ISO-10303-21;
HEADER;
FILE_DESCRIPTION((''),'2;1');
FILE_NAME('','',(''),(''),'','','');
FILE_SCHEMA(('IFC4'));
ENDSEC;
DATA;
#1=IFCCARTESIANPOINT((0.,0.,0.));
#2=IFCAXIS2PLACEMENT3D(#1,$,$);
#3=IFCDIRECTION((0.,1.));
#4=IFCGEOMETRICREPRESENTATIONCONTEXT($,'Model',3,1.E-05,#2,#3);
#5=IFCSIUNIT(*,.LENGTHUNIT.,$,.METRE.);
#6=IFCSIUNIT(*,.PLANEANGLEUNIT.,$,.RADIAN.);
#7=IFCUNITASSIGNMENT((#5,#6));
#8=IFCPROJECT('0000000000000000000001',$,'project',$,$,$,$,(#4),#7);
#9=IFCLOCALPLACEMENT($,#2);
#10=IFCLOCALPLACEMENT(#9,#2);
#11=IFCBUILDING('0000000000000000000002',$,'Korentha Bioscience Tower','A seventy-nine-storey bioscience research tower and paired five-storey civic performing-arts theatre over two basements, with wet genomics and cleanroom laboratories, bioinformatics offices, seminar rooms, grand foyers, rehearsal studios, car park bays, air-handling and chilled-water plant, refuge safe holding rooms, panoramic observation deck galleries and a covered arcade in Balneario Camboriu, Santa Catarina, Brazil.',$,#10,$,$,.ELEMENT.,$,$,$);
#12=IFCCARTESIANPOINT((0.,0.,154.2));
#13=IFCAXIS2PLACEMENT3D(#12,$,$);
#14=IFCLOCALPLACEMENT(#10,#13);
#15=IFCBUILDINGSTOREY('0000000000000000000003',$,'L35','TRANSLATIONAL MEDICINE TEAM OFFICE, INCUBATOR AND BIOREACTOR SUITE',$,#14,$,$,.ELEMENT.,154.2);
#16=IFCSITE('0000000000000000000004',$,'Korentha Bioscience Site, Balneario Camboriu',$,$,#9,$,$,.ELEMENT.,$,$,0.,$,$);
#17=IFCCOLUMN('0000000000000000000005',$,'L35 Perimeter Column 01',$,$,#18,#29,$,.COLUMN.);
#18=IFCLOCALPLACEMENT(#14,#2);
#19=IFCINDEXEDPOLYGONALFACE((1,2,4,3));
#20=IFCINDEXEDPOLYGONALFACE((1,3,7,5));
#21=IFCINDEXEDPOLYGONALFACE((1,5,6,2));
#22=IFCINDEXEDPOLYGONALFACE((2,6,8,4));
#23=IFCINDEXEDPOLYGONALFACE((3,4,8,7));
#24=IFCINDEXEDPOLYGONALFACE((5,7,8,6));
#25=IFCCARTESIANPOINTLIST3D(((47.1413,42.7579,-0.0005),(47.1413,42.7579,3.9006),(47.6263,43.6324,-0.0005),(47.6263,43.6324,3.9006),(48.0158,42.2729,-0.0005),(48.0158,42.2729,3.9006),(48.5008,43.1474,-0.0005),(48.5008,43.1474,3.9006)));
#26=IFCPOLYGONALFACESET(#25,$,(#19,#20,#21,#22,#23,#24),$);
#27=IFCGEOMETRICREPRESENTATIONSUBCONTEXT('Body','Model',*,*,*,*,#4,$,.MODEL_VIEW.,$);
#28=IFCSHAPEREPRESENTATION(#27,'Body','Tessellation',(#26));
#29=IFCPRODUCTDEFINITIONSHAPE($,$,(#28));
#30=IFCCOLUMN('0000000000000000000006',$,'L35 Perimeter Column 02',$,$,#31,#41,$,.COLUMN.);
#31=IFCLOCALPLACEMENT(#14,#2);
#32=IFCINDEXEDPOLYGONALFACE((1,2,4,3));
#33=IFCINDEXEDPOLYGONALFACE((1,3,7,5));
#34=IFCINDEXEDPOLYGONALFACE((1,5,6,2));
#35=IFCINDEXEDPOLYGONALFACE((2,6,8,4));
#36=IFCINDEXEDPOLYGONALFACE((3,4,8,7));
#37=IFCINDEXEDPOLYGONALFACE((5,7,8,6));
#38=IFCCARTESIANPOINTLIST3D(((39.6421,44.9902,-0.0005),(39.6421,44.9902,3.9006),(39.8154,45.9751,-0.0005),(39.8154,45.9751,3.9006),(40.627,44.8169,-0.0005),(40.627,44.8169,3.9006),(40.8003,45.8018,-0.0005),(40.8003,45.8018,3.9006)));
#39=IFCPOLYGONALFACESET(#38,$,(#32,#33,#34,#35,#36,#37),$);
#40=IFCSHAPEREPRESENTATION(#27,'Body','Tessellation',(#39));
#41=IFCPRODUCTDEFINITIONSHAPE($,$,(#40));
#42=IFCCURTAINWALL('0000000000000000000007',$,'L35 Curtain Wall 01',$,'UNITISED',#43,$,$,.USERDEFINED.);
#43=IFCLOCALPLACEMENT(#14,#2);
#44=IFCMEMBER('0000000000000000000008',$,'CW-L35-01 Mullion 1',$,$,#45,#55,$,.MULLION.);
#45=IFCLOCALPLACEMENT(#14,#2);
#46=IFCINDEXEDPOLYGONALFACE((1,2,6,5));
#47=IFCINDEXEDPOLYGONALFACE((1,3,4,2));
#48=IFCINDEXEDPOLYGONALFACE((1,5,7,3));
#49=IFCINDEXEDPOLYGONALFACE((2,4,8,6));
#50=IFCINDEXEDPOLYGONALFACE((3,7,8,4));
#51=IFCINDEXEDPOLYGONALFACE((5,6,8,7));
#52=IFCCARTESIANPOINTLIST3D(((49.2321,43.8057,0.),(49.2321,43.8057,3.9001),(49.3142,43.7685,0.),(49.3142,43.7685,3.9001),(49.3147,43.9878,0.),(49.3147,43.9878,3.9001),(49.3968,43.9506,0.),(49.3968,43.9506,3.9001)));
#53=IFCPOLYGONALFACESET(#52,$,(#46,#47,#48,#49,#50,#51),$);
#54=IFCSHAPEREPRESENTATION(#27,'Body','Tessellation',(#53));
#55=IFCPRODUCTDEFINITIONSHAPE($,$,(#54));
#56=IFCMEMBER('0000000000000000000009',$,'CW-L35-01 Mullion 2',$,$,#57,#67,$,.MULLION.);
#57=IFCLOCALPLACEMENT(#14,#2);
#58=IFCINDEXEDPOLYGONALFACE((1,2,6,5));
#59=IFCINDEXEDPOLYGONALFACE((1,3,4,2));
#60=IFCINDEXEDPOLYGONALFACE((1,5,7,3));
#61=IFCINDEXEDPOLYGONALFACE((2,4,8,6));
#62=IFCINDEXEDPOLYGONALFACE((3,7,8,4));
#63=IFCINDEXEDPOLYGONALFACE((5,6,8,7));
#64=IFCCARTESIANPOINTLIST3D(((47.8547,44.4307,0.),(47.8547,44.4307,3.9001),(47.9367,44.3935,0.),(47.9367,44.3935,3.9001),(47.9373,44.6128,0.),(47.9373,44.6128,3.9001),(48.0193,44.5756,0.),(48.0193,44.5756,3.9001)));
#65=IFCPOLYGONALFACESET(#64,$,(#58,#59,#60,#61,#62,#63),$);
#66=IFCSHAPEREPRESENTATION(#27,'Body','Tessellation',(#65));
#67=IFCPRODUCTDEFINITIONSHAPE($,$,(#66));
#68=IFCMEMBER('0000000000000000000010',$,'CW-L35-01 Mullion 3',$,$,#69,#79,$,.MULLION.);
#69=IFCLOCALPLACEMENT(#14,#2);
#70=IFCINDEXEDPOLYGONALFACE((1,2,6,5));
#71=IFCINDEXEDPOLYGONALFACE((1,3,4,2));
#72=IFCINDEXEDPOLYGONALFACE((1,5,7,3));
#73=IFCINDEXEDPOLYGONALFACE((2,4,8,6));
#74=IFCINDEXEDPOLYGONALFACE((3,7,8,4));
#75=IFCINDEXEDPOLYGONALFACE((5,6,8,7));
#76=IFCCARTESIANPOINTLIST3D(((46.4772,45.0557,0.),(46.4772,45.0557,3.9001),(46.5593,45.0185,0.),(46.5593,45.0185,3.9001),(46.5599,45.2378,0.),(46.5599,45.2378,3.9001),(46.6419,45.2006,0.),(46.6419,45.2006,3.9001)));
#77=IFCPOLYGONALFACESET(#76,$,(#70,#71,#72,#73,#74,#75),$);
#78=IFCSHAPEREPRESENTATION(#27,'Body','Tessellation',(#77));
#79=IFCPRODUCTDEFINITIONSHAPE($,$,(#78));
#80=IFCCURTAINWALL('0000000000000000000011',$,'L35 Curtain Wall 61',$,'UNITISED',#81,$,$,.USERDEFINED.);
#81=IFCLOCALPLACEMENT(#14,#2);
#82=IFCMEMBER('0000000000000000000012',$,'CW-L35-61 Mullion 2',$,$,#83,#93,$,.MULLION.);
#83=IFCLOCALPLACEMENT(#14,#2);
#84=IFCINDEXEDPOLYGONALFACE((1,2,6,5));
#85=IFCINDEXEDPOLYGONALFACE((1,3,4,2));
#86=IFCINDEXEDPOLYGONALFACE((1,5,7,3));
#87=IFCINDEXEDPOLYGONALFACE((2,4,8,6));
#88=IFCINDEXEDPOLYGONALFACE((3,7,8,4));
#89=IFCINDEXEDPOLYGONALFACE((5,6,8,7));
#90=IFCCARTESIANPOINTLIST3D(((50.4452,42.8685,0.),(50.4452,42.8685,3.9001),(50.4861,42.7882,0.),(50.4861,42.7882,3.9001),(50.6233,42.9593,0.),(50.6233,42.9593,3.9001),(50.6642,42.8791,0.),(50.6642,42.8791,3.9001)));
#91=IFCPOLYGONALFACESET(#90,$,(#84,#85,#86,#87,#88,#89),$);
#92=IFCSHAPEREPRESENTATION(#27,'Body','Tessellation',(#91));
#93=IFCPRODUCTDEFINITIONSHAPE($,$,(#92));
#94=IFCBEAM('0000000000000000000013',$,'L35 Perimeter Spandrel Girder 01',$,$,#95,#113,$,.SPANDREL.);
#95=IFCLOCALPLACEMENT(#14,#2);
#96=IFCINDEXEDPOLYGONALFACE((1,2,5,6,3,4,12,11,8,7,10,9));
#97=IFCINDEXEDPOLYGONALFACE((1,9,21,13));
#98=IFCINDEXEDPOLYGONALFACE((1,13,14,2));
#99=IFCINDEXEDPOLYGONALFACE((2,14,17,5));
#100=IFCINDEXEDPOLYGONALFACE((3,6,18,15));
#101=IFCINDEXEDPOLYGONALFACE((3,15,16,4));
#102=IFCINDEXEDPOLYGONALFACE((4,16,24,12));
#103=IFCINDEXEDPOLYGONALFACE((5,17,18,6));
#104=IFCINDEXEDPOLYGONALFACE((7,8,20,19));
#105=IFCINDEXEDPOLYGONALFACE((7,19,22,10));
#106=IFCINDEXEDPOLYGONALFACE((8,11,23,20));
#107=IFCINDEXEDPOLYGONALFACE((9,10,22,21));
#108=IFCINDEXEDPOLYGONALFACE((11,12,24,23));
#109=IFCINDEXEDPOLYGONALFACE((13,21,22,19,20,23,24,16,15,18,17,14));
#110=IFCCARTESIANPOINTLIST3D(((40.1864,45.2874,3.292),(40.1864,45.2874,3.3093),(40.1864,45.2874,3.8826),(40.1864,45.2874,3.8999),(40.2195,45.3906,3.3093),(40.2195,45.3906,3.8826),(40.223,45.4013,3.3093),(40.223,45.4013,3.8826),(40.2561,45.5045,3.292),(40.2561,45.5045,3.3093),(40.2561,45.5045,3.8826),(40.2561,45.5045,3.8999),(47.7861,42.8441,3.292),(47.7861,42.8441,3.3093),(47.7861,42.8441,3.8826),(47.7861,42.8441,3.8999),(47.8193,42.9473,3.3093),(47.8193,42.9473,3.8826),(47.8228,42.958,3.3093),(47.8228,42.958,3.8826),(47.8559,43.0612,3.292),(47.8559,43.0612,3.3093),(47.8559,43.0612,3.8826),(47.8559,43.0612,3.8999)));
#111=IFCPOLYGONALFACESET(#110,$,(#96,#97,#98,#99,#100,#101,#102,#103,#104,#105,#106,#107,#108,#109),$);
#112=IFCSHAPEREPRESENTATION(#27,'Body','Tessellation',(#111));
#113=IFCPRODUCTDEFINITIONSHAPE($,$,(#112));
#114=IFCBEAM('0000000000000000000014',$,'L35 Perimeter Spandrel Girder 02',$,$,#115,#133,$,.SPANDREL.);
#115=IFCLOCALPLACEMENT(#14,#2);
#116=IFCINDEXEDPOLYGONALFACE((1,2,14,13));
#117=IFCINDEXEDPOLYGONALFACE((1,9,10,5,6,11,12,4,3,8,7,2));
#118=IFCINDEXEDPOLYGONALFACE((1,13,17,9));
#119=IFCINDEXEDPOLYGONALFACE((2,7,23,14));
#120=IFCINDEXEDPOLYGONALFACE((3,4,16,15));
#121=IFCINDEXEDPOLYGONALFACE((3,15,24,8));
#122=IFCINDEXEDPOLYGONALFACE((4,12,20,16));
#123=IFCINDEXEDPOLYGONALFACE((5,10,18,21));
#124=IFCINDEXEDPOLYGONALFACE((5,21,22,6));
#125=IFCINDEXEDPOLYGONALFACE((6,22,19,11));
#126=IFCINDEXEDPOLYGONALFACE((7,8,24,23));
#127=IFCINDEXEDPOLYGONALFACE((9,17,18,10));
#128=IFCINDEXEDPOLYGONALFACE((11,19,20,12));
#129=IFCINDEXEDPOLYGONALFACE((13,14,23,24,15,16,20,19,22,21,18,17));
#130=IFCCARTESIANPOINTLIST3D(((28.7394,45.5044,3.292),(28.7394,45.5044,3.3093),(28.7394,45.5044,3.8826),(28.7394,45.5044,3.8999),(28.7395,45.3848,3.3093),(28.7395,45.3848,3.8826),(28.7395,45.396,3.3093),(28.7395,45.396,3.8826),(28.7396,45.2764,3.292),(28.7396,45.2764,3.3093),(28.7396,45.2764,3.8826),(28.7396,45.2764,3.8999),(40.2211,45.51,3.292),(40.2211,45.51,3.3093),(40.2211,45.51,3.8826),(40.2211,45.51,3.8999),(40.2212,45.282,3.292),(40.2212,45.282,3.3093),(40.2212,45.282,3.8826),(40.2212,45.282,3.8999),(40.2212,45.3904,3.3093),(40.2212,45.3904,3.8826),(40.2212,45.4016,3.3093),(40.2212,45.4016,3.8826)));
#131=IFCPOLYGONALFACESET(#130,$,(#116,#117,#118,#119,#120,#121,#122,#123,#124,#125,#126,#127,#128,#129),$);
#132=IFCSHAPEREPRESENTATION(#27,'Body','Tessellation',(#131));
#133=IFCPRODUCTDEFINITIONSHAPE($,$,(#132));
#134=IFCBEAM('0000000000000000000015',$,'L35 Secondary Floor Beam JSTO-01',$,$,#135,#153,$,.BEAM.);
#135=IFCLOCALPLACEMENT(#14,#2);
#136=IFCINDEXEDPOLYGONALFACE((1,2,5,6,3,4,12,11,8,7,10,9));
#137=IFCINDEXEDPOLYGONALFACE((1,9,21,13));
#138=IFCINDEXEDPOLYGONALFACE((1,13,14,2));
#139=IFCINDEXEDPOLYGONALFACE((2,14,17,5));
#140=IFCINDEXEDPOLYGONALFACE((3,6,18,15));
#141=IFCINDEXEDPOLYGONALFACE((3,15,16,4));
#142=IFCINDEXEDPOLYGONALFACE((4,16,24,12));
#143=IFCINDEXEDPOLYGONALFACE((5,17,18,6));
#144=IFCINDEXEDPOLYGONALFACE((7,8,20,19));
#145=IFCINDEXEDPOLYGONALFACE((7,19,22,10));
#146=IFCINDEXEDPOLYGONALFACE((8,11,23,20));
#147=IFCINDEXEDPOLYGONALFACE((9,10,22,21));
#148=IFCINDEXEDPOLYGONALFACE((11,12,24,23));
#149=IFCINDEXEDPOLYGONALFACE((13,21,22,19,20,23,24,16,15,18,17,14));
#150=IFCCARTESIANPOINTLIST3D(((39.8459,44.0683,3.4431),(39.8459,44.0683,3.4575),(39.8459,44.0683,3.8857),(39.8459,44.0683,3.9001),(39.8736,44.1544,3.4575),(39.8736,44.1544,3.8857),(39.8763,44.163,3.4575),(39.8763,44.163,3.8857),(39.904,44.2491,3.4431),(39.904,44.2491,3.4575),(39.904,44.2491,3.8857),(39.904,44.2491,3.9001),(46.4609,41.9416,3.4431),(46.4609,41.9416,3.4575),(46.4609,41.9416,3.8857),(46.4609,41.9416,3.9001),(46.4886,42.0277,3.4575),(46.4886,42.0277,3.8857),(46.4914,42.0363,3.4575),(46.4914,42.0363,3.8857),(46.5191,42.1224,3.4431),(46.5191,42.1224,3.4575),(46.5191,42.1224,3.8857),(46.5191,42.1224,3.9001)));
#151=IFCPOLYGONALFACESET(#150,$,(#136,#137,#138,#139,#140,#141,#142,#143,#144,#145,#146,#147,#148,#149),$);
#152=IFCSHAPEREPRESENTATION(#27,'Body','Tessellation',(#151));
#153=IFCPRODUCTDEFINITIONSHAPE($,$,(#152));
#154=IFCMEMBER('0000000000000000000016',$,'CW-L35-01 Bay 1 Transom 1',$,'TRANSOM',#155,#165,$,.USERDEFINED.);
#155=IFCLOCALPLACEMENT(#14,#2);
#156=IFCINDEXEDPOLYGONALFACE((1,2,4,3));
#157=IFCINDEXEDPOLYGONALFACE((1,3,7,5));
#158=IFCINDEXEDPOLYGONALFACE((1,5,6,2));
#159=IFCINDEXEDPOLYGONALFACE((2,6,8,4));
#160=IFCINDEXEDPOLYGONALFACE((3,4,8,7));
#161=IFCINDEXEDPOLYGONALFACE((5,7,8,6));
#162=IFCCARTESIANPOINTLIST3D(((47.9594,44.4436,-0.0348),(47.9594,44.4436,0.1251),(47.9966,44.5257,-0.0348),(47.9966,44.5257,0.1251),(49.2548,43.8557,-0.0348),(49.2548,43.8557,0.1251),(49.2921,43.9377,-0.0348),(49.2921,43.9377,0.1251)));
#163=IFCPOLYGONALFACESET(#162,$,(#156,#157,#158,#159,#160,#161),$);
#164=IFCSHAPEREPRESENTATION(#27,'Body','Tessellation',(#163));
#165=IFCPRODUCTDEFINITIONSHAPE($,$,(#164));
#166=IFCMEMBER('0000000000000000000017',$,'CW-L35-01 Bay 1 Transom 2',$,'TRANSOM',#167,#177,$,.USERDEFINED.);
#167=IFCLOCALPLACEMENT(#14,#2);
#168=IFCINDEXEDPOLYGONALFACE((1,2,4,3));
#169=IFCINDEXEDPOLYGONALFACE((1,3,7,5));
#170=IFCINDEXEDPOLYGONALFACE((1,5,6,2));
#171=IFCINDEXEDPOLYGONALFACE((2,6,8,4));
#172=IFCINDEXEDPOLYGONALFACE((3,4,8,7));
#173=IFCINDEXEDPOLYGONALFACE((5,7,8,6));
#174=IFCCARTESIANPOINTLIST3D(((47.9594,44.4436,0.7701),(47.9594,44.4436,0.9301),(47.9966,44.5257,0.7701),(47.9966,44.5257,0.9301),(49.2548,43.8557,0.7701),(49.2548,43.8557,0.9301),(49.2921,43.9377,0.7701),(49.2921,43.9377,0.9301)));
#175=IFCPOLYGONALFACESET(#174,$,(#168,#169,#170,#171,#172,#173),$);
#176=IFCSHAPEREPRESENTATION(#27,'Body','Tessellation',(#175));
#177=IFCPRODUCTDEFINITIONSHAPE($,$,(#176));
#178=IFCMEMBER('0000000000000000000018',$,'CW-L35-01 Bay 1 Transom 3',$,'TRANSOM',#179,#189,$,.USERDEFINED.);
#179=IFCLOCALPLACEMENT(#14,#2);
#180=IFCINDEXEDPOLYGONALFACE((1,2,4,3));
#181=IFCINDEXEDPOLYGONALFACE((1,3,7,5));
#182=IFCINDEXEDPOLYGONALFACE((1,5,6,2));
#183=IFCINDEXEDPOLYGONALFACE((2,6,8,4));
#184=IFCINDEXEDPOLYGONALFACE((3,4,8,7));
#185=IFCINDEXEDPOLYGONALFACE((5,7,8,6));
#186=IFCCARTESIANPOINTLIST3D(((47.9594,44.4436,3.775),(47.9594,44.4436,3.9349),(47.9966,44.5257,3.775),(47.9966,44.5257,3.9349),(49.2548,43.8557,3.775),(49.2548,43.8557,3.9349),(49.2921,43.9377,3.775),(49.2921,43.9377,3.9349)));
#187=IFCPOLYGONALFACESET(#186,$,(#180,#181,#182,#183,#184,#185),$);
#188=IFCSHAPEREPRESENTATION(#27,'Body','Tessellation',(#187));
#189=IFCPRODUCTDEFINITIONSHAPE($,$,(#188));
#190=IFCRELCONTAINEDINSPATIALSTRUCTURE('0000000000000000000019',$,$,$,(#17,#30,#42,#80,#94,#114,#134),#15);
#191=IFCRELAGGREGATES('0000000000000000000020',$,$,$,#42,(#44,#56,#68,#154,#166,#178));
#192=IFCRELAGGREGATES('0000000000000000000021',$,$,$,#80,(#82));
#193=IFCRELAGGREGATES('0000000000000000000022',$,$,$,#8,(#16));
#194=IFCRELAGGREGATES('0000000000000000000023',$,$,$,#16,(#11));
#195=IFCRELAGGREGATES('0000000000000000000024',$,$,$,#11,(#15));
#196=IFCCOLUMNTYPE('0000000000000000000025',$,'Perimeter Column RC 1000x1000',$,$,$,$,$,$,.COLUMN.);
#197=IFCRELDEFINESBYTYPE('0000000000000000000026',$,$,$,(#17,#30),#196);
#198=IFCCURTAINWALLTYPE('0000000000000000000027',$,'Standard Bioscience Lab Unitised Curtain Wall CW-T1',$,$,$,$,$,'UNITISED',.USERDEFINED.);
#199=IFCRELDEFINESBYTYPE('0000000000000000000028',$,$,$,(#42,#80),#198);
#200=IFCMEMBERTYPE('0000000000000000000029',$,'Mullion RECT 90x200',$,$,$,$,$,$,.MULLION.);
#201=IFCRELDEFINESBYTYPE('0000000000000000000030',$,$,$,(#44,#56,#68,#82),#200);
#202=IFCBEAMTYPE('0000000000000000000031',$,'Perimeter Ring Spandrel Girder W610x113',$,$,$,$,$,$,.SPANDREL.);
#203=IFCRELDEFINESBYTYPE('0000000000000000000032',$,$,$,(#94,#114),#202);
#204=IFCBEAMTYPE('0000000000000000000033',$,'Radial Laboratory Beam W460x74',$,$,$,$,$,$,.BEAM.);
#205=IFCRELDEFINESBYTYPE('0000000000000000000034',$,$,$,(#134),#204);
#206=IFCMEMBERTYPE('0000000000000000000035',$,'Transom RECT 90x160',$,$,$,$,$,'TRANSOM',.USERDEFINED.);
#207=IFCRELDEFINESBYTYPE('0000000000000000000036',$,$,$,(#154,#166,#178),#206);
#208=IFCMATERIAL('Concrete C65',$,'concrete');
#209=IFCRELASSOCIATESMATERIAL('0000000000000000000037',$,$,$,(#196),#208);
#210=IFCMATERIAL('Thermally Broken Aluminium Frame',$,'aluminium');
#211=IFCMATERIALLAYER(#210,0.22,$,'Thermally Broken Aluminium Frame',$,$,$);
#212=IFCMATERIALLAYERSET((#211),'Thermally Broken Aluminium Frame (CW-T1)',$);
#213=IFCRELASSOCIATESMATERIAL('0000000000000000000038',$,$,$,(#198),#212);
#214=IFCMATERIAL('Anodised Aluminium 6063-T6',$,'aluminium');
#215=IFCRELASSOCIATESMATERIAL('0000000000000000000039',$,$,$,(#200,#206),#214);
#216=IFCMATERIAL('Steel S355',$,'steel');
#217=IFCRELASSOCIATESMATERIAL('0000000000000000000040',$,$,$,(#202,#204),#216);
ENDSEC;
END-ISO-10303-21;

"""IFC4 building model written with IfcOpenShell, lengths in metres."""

from ifc_helpers import new_model, si_unit, direction, frame, origin, origin_2d, place, context, subcontext, project, spatial, rectangle, i_section, extrude, material, layer, layer_set, material_profile, profile_set, type_object, element, aggregate, save


model = new_model("IFC4")

# Units and contexts
model_context = context("Model", 3, precision=1e-05, world=origin(), true_north=direction((0.0, 1.0)))
body_context = subcontext(model_context, "Body", "Model", "MODEL_VIEW")
ifc_project = project(units=[si_unit("LENGTHUNIT", "METRE"), si_unit("PLANEANGLEUNIT", "RADIAN")], contexts=[model_context])

# Site, building, storey
site_placement = place(None, origin())
site = spatial("IfcSite", under=ifc_project, at=site_placement, Name="Korentha Bioscience Site, Balneario Camboriu", CompositionType="ELEMENT", RefElevation=0.0)
building_placement = place(site_placement, origin())
building = spatial("IfcBuilding", under=site, at=building_placement, Name="Korentha Bioscience Tower", Description="A seventy-nine-storey bioscience research tower and paired five-storey civic performing-arts theatre over two basements, with wet genomics and cleanroom laboratories, bioinformatics offices, seminar rooms, grand foyers, rehearsal studios, car park bays, air-handling and chilled-water plant, refuge safe holding rooms, panoramic observation deck galleries and a covered arcade in Balneario Camboriu, Santa Catarina, Brazil.", CompositionType="ELEMENT")
storey_placement = place(building_placement, frame((0.0, 0.0, 154.2)))
storey = spatial("IfcBuildingStorey", under=building, at=storey_placement, Name="L35", Description="TRANSLATIONAL MEDICINE TEAM OFFICE, INCUBATOR AND BIOREACTOR SUITE", CompositionType="ELEMENT", Elevation=154.2)

# Columns
ifc_material_1 = material(Name="Concrete C65", Category="concrete")
ifc_material_profile_1 = material_profile(ifc_material_1, rectangle(XDim=1.0, YDim=1.0, at=origin_2d()), Name="Concrete C65")
ifc_profile_set_1 = profile_set([ifc_material_profile_1], Name="Concrete C65 (COL-P10)")
column_type = type_object("IfcColumnType", Name="Perimeter Column RC 1000x1000", PredefinedType="COLUMN", material=ifc_profile_set_1)
for number, where, z_axis, x_axis, name in (
    (1, (47.821, 42.9526, -0.0005), (0.0, 0.0, 1.0), (-0.874535, 0.484962, 0.0), "L35 Perimeter Column 01"),
    (2, (40.2212, 45.396, -0.0005), (0.0, 0.0, 1.0), (-0.984868, 0.173304, 0.0), "L35 Perimeter Column 02"),
):
    element("IfcColumn", number, at=place(storey_placement, frame(where, z_axis=z_axis, x_axis=x_axis)), inside=storey, type_object=column_type, Name=name, PredefinedType="COLUMN", context=body_context, shape_type="SweptSolid", body=[
        extrude(rectangle(XDim=1.0, YDim=1.0, at=origin_2d()), origin(), (0.0, 0.0, 1.0), 3.9011),
    ])

# Curtain wall, members
ifc_material_2 = material(Name="Thermally Broken Aluminium Frame", Category="aluminium")
ifc_layer_1 = layer(ifc_material_2, 0.22, Name="Thermally Broken Aluminium Frame")
ifc_layer_set_1 = layer_set([ifc_layer_1], Name="Thermally Broken Aluminium Frame (CW-T1)")
curtain_wall_type = type_object("IfcCurtainWallType", Name="Standard Bioscience Lab Unitised Curtain Wall CW-T1", ElementType="UNITISED", PredefinedType="USERDEFINED", material=ifc_layer_set_1)
curtain_wall_1_placement = place(storey_placement, origin())
curtain_wall_1 = element("IfcCurtainWall", 3, at=curtain_wall_1_placement, inside=storey, type_object=curtain_wall_type, Name="L35 Curtain Wall 01", ObjectType="UNITISED", PredefinedType="USERDEFINED")
ifc_material_3 = material(Name="Anodised Aluminium 6063-T6", Category="aluminium")
ifc_material_profile_2 = material_profile(ifc_material_3, rectangle(XDim=0.0901, YDim=0.2, at=origin_2d()), Name="Anodised Aluminium 6063-T6")
ifc_profile_set_2 = profile_set([ifc_material_profile_2], Name="Anodised Aluminium 6063-T6 (CW-MUL)")
member_type_1 = type_object("IfcMemberType", Name="Mullion RECT 90x200", PredefinedType="MULLION", material=ifc_profile_set_2)
member_1_placement = place(storey_placement, frame((49.3145, 43.8782, 0.0), z_axis=(0.0, 0.0, 1.0), x_axis=(-0.910644, 0.413191, 0.0)))
member_1 = element("IfcMember", 4, at=member_1_placement, type_object=member_type_1, Name="CW-L35-01 Mullion 1", PredefinedType="MULLION", context=body_context, shape_type="SweptSolid", body=[
    extrude(rectangle(XDim=0.0901, YDim=0.2, at=origin_2d()), origin(), (0.0, 0.0, 1.0), 3.9001),
])
member_2_placement = place(storey_placement, frame((47.937, 44.5032, 0.0), z_axis=(0.0, 0.0, 1.0), x_axis=(-0.910644, 0.413191, 0.0)))
member_2 = element("IfcMember", 5, at=member_2_placement, type_object=member_type_1, Name="CW-L35-01 Mullion 2", PredefinedType="MULLION", context=body_context, shape_type="SweptSolid", body=[
    extrude(rectangle(XDim=0.0901, YDim=0.2, at=origin_2d()), origin(), (0.0, 0.0, 1.0), 3.9001),
])
member_3_placement = place(storey_placement, frame((46.5596, 45.1282, 0.0), z_axis=(0.0, 0.0, 1.0), x_axis=(-0.910644, 0.413191, 0.0)))
member_3 = element("IfcMember", 6, at=member_3_placement, type_object=member_type_1, Name="CW-L35-01 Mullion 3", PredefinedType="MULLION", context=body_context, shape_type="SweptSolid", body=[
    extrude(rectangle(XDim=0.0901, YDim=0.2, at=origin_2d()), origin(), (0.0, 0.0, 1.0), 3.9001),
])

# Curtain wall, member
curtain_wall_2_placement = place(storey_placement, origin())
curtain_wall_2 = element("IfcCurtainWall", 7, at=curtain_wall_2_placement, inside=storey, type_object=curtain_wall_type, Name="L35 Curtain Wall 61", ObjectType="UNITISED", PredefinedType="USERDEFINED")
member_4_placement = place(storey_placement, frame((50.5547, 42.8738, 0.0), z_axis=(0.0, 0.0, 1.0), x_axis=(-0.454288, 0.890855, 0.0)))
member_4 = element("IfcMember", 8, at=member_4_placement, type_object=member_type_1, Name="CW-L35-61 Mullion 2", PredefinedType="MULLION", context=body_context, shape_type="SweptSolid", body=[
    extrude(rectangle(XDim=0.0901, YDim=0.2, at=origin_2d()), origin(), (0.0, 0.0, 1.0), 3.9001),
])

# Beams
ifc_material_4 = material(Name="Steel S355", Category="steel")
ifc_material_profile_3 = material_profile(ifc_material_4, i_section(OverallWidth=0.228, OverallDepth=0.6079, WebThickness=0.0112, FlangeThickness=0.0173, at=origin_2d()), Name="Steel S355")
ifc_profile_set_3 = profile_set([ifc_material_profile_3], Name="Steel S355 (SB-610)")
beam_type_1 = type_object("IfcBeamType", Name="Perimeter Ring Spandrel Girder W610x113", PredefinedType="SPANDREL", material=ifc_profile_set_3)
beam_1_placement = place(storey_placement, frame((47.821, 42.9526, 3.5959), z_axis=(-0.952009, 0.306072, 0.0), x_axis=(-0.306072, -0.952009, 0.0)))
element("IfcBeam", 9, at=beam_1_placement, inside=storey, type_object=beam_type_1, Name="L35 Perimeter Spandrel Girder 01", PredefinedType="SPANDREL", context=body_context, shape_type="SweptSolid", body=[
    extrude(i_section(OverallWidth=0.228, OverallDepth=0.6079, WebThickness=0.0112, FlangeThickness=0.0173, at=origin_2d()), origin(), (0.0, 0.0, 1.0), 7.9829),
])
beam_2_placement = place(storey_placement, frame((40.2212, 45.396, 3.5959), z_axis=(-1.0, -0.000489, 0.0), x_axis=(0.000489, -1.0, 0.0)))
element("IfcBeam", 10, at=beam_2_placement, inside=storey, type_object=beam_type_1, Name="L35 Perimeter Spandrel Girder 02", PredefinedType="SPANDREL", context=body_context, shape_type="SweptSolid", body=[
    extrude(i_section(OverallWidth=0.228, OverallDepth=0.6079, WebThickness=0.0112, FlangeThickness=0.0173, at=origin_2d()), origin(), (0.0, 0.0, 1.0), 11.4817),
])
ifc_material_profile_4 = material_profile(ifc_material_4, i_section(OverallWidth=0.1899, OverallDepth=0.457, WebThickness=0.009, FlangeThickness=0.0144, at=origin_2d()), Name="Steel S355")
ifc_profile_set_4 = profile_set([ifc_material_profile_4], Name="Steel S355 (RB-460)")
beam_type_2 = type_object("IfcBeamType", Name="Radial Laboratory Beam W460x74", PredefinedType="BEAM", material=ifc_profile_set_4)
beam_3_placement = place(storey_placement, frame((46.49, 42.032, 3.6716), z_axis=(-0.952009, 0.306069, 0.0), x_axis=(-0.306069, -0.952009, 0.0)))
element("IfcBeam", 11, at=beam_3_placement, inside=storey, type_object=beam_type_2, Name="L35 Secondary Floor Beam JSTO-01", PredefinedType="BEAM", context=body_context, shape_type="SweptSolid", body=[
    extrude(i_section(OverallWidth=0.1899, OverallDepth=0.457, WebThickness=0.009, FlangeThickness=0.0144, at=origin_2d()), origin(), (0.0, 0.0, 1.0), 6.9485),
])

# Members
ifc_material_profile_5 = material_profile(ifc_material_3, rectangle(XDim=0.0901, YDim=0.1599, at=origin_2d()), Name="Anodised Aluminium 6063-T6")
ifc_profile_set_5 = profile_set([ifc_material_profile_5], Name="Anodised Aluminium 6063-T6 (CW-TRN)")
member_type_2 = type_object("IfcMemberType", Name="Transom RECT 90x160", ElementType="TRANSOM", PredefinedType="USERDEFINED", material=ifc_profile_set_5)
member_5_placement = place(storey_placement, frame((49.2734, 43.8967, 0.0452), z_axis=(-0.910613, 0.41326, 0.0), x_axis=(-0.41326, -0.910613, 0.0)))
member_5 = element("IfcMember", 12, at=member_5_placement, type_object=member_type_2, Name="CW-L35-01 Bay 1 Transom 1", ObjectType="TRANSOM", PredefinedType="USERDEFINED", context=body_context, shape_type="SweptSolid", body=[
    extrude(rectangle(XDim=0.0901, YDim=0.1599, at=origin_2d()), origin(), (0.0, 0.0, 1.0), 1.4226),
])
member_6_placement = place(storey_placement, frame((49.2734, 43.8967, 0.8501), z_axis=(-0.910613, 0.41326, 0.0), x_axis=(-0.41326, -0.910613, 0.0)))
member_6 = element("IfcMember", 13, at=member_6_placement, type_object=member_type_2, Name="CW-L35-01 Bay 1 Transom 2", ObjectType="TRANSOM", PredefinedType="USERDEFINED", context=body_context, shape_type="SweptSolid", body=[
    extrude(rectangle(XDim=0.0901, YDim=0.1599, at=origin_2d()), origin(), (0.0, 0.0, 1.0), 1.4226),
])
member_7_placement = place(storey_placement, frame((49.2734, 43.8967, 3.855), z_axis=(-0.910613, 0.41326, 0.0), x_axis=(-0.41326, -0.910613, 0.0)))
member_7 = element("IfcMember", 14, at=member_7_placement, type_object=member_type_2, Name="CW-L35-01 Bay 1 Transom 3", ObjectType="TRANSOM", PredefinedType="USERDEFINED", context=body_context, shape_type="SweptSolid", body=[
    extrude(rectangle(XDim=0.0901, YDim=0.1599, at=origin_2d()), origin(), (0.0, 0.0, 1.0), 1.4226),
])

aggregate(curtain_wall_1, [member_1, member_2, member_3, member_5, member_6, member_7])
aggregate(curtain_wall_2, [member_4])

save(model, "model.ifc")
